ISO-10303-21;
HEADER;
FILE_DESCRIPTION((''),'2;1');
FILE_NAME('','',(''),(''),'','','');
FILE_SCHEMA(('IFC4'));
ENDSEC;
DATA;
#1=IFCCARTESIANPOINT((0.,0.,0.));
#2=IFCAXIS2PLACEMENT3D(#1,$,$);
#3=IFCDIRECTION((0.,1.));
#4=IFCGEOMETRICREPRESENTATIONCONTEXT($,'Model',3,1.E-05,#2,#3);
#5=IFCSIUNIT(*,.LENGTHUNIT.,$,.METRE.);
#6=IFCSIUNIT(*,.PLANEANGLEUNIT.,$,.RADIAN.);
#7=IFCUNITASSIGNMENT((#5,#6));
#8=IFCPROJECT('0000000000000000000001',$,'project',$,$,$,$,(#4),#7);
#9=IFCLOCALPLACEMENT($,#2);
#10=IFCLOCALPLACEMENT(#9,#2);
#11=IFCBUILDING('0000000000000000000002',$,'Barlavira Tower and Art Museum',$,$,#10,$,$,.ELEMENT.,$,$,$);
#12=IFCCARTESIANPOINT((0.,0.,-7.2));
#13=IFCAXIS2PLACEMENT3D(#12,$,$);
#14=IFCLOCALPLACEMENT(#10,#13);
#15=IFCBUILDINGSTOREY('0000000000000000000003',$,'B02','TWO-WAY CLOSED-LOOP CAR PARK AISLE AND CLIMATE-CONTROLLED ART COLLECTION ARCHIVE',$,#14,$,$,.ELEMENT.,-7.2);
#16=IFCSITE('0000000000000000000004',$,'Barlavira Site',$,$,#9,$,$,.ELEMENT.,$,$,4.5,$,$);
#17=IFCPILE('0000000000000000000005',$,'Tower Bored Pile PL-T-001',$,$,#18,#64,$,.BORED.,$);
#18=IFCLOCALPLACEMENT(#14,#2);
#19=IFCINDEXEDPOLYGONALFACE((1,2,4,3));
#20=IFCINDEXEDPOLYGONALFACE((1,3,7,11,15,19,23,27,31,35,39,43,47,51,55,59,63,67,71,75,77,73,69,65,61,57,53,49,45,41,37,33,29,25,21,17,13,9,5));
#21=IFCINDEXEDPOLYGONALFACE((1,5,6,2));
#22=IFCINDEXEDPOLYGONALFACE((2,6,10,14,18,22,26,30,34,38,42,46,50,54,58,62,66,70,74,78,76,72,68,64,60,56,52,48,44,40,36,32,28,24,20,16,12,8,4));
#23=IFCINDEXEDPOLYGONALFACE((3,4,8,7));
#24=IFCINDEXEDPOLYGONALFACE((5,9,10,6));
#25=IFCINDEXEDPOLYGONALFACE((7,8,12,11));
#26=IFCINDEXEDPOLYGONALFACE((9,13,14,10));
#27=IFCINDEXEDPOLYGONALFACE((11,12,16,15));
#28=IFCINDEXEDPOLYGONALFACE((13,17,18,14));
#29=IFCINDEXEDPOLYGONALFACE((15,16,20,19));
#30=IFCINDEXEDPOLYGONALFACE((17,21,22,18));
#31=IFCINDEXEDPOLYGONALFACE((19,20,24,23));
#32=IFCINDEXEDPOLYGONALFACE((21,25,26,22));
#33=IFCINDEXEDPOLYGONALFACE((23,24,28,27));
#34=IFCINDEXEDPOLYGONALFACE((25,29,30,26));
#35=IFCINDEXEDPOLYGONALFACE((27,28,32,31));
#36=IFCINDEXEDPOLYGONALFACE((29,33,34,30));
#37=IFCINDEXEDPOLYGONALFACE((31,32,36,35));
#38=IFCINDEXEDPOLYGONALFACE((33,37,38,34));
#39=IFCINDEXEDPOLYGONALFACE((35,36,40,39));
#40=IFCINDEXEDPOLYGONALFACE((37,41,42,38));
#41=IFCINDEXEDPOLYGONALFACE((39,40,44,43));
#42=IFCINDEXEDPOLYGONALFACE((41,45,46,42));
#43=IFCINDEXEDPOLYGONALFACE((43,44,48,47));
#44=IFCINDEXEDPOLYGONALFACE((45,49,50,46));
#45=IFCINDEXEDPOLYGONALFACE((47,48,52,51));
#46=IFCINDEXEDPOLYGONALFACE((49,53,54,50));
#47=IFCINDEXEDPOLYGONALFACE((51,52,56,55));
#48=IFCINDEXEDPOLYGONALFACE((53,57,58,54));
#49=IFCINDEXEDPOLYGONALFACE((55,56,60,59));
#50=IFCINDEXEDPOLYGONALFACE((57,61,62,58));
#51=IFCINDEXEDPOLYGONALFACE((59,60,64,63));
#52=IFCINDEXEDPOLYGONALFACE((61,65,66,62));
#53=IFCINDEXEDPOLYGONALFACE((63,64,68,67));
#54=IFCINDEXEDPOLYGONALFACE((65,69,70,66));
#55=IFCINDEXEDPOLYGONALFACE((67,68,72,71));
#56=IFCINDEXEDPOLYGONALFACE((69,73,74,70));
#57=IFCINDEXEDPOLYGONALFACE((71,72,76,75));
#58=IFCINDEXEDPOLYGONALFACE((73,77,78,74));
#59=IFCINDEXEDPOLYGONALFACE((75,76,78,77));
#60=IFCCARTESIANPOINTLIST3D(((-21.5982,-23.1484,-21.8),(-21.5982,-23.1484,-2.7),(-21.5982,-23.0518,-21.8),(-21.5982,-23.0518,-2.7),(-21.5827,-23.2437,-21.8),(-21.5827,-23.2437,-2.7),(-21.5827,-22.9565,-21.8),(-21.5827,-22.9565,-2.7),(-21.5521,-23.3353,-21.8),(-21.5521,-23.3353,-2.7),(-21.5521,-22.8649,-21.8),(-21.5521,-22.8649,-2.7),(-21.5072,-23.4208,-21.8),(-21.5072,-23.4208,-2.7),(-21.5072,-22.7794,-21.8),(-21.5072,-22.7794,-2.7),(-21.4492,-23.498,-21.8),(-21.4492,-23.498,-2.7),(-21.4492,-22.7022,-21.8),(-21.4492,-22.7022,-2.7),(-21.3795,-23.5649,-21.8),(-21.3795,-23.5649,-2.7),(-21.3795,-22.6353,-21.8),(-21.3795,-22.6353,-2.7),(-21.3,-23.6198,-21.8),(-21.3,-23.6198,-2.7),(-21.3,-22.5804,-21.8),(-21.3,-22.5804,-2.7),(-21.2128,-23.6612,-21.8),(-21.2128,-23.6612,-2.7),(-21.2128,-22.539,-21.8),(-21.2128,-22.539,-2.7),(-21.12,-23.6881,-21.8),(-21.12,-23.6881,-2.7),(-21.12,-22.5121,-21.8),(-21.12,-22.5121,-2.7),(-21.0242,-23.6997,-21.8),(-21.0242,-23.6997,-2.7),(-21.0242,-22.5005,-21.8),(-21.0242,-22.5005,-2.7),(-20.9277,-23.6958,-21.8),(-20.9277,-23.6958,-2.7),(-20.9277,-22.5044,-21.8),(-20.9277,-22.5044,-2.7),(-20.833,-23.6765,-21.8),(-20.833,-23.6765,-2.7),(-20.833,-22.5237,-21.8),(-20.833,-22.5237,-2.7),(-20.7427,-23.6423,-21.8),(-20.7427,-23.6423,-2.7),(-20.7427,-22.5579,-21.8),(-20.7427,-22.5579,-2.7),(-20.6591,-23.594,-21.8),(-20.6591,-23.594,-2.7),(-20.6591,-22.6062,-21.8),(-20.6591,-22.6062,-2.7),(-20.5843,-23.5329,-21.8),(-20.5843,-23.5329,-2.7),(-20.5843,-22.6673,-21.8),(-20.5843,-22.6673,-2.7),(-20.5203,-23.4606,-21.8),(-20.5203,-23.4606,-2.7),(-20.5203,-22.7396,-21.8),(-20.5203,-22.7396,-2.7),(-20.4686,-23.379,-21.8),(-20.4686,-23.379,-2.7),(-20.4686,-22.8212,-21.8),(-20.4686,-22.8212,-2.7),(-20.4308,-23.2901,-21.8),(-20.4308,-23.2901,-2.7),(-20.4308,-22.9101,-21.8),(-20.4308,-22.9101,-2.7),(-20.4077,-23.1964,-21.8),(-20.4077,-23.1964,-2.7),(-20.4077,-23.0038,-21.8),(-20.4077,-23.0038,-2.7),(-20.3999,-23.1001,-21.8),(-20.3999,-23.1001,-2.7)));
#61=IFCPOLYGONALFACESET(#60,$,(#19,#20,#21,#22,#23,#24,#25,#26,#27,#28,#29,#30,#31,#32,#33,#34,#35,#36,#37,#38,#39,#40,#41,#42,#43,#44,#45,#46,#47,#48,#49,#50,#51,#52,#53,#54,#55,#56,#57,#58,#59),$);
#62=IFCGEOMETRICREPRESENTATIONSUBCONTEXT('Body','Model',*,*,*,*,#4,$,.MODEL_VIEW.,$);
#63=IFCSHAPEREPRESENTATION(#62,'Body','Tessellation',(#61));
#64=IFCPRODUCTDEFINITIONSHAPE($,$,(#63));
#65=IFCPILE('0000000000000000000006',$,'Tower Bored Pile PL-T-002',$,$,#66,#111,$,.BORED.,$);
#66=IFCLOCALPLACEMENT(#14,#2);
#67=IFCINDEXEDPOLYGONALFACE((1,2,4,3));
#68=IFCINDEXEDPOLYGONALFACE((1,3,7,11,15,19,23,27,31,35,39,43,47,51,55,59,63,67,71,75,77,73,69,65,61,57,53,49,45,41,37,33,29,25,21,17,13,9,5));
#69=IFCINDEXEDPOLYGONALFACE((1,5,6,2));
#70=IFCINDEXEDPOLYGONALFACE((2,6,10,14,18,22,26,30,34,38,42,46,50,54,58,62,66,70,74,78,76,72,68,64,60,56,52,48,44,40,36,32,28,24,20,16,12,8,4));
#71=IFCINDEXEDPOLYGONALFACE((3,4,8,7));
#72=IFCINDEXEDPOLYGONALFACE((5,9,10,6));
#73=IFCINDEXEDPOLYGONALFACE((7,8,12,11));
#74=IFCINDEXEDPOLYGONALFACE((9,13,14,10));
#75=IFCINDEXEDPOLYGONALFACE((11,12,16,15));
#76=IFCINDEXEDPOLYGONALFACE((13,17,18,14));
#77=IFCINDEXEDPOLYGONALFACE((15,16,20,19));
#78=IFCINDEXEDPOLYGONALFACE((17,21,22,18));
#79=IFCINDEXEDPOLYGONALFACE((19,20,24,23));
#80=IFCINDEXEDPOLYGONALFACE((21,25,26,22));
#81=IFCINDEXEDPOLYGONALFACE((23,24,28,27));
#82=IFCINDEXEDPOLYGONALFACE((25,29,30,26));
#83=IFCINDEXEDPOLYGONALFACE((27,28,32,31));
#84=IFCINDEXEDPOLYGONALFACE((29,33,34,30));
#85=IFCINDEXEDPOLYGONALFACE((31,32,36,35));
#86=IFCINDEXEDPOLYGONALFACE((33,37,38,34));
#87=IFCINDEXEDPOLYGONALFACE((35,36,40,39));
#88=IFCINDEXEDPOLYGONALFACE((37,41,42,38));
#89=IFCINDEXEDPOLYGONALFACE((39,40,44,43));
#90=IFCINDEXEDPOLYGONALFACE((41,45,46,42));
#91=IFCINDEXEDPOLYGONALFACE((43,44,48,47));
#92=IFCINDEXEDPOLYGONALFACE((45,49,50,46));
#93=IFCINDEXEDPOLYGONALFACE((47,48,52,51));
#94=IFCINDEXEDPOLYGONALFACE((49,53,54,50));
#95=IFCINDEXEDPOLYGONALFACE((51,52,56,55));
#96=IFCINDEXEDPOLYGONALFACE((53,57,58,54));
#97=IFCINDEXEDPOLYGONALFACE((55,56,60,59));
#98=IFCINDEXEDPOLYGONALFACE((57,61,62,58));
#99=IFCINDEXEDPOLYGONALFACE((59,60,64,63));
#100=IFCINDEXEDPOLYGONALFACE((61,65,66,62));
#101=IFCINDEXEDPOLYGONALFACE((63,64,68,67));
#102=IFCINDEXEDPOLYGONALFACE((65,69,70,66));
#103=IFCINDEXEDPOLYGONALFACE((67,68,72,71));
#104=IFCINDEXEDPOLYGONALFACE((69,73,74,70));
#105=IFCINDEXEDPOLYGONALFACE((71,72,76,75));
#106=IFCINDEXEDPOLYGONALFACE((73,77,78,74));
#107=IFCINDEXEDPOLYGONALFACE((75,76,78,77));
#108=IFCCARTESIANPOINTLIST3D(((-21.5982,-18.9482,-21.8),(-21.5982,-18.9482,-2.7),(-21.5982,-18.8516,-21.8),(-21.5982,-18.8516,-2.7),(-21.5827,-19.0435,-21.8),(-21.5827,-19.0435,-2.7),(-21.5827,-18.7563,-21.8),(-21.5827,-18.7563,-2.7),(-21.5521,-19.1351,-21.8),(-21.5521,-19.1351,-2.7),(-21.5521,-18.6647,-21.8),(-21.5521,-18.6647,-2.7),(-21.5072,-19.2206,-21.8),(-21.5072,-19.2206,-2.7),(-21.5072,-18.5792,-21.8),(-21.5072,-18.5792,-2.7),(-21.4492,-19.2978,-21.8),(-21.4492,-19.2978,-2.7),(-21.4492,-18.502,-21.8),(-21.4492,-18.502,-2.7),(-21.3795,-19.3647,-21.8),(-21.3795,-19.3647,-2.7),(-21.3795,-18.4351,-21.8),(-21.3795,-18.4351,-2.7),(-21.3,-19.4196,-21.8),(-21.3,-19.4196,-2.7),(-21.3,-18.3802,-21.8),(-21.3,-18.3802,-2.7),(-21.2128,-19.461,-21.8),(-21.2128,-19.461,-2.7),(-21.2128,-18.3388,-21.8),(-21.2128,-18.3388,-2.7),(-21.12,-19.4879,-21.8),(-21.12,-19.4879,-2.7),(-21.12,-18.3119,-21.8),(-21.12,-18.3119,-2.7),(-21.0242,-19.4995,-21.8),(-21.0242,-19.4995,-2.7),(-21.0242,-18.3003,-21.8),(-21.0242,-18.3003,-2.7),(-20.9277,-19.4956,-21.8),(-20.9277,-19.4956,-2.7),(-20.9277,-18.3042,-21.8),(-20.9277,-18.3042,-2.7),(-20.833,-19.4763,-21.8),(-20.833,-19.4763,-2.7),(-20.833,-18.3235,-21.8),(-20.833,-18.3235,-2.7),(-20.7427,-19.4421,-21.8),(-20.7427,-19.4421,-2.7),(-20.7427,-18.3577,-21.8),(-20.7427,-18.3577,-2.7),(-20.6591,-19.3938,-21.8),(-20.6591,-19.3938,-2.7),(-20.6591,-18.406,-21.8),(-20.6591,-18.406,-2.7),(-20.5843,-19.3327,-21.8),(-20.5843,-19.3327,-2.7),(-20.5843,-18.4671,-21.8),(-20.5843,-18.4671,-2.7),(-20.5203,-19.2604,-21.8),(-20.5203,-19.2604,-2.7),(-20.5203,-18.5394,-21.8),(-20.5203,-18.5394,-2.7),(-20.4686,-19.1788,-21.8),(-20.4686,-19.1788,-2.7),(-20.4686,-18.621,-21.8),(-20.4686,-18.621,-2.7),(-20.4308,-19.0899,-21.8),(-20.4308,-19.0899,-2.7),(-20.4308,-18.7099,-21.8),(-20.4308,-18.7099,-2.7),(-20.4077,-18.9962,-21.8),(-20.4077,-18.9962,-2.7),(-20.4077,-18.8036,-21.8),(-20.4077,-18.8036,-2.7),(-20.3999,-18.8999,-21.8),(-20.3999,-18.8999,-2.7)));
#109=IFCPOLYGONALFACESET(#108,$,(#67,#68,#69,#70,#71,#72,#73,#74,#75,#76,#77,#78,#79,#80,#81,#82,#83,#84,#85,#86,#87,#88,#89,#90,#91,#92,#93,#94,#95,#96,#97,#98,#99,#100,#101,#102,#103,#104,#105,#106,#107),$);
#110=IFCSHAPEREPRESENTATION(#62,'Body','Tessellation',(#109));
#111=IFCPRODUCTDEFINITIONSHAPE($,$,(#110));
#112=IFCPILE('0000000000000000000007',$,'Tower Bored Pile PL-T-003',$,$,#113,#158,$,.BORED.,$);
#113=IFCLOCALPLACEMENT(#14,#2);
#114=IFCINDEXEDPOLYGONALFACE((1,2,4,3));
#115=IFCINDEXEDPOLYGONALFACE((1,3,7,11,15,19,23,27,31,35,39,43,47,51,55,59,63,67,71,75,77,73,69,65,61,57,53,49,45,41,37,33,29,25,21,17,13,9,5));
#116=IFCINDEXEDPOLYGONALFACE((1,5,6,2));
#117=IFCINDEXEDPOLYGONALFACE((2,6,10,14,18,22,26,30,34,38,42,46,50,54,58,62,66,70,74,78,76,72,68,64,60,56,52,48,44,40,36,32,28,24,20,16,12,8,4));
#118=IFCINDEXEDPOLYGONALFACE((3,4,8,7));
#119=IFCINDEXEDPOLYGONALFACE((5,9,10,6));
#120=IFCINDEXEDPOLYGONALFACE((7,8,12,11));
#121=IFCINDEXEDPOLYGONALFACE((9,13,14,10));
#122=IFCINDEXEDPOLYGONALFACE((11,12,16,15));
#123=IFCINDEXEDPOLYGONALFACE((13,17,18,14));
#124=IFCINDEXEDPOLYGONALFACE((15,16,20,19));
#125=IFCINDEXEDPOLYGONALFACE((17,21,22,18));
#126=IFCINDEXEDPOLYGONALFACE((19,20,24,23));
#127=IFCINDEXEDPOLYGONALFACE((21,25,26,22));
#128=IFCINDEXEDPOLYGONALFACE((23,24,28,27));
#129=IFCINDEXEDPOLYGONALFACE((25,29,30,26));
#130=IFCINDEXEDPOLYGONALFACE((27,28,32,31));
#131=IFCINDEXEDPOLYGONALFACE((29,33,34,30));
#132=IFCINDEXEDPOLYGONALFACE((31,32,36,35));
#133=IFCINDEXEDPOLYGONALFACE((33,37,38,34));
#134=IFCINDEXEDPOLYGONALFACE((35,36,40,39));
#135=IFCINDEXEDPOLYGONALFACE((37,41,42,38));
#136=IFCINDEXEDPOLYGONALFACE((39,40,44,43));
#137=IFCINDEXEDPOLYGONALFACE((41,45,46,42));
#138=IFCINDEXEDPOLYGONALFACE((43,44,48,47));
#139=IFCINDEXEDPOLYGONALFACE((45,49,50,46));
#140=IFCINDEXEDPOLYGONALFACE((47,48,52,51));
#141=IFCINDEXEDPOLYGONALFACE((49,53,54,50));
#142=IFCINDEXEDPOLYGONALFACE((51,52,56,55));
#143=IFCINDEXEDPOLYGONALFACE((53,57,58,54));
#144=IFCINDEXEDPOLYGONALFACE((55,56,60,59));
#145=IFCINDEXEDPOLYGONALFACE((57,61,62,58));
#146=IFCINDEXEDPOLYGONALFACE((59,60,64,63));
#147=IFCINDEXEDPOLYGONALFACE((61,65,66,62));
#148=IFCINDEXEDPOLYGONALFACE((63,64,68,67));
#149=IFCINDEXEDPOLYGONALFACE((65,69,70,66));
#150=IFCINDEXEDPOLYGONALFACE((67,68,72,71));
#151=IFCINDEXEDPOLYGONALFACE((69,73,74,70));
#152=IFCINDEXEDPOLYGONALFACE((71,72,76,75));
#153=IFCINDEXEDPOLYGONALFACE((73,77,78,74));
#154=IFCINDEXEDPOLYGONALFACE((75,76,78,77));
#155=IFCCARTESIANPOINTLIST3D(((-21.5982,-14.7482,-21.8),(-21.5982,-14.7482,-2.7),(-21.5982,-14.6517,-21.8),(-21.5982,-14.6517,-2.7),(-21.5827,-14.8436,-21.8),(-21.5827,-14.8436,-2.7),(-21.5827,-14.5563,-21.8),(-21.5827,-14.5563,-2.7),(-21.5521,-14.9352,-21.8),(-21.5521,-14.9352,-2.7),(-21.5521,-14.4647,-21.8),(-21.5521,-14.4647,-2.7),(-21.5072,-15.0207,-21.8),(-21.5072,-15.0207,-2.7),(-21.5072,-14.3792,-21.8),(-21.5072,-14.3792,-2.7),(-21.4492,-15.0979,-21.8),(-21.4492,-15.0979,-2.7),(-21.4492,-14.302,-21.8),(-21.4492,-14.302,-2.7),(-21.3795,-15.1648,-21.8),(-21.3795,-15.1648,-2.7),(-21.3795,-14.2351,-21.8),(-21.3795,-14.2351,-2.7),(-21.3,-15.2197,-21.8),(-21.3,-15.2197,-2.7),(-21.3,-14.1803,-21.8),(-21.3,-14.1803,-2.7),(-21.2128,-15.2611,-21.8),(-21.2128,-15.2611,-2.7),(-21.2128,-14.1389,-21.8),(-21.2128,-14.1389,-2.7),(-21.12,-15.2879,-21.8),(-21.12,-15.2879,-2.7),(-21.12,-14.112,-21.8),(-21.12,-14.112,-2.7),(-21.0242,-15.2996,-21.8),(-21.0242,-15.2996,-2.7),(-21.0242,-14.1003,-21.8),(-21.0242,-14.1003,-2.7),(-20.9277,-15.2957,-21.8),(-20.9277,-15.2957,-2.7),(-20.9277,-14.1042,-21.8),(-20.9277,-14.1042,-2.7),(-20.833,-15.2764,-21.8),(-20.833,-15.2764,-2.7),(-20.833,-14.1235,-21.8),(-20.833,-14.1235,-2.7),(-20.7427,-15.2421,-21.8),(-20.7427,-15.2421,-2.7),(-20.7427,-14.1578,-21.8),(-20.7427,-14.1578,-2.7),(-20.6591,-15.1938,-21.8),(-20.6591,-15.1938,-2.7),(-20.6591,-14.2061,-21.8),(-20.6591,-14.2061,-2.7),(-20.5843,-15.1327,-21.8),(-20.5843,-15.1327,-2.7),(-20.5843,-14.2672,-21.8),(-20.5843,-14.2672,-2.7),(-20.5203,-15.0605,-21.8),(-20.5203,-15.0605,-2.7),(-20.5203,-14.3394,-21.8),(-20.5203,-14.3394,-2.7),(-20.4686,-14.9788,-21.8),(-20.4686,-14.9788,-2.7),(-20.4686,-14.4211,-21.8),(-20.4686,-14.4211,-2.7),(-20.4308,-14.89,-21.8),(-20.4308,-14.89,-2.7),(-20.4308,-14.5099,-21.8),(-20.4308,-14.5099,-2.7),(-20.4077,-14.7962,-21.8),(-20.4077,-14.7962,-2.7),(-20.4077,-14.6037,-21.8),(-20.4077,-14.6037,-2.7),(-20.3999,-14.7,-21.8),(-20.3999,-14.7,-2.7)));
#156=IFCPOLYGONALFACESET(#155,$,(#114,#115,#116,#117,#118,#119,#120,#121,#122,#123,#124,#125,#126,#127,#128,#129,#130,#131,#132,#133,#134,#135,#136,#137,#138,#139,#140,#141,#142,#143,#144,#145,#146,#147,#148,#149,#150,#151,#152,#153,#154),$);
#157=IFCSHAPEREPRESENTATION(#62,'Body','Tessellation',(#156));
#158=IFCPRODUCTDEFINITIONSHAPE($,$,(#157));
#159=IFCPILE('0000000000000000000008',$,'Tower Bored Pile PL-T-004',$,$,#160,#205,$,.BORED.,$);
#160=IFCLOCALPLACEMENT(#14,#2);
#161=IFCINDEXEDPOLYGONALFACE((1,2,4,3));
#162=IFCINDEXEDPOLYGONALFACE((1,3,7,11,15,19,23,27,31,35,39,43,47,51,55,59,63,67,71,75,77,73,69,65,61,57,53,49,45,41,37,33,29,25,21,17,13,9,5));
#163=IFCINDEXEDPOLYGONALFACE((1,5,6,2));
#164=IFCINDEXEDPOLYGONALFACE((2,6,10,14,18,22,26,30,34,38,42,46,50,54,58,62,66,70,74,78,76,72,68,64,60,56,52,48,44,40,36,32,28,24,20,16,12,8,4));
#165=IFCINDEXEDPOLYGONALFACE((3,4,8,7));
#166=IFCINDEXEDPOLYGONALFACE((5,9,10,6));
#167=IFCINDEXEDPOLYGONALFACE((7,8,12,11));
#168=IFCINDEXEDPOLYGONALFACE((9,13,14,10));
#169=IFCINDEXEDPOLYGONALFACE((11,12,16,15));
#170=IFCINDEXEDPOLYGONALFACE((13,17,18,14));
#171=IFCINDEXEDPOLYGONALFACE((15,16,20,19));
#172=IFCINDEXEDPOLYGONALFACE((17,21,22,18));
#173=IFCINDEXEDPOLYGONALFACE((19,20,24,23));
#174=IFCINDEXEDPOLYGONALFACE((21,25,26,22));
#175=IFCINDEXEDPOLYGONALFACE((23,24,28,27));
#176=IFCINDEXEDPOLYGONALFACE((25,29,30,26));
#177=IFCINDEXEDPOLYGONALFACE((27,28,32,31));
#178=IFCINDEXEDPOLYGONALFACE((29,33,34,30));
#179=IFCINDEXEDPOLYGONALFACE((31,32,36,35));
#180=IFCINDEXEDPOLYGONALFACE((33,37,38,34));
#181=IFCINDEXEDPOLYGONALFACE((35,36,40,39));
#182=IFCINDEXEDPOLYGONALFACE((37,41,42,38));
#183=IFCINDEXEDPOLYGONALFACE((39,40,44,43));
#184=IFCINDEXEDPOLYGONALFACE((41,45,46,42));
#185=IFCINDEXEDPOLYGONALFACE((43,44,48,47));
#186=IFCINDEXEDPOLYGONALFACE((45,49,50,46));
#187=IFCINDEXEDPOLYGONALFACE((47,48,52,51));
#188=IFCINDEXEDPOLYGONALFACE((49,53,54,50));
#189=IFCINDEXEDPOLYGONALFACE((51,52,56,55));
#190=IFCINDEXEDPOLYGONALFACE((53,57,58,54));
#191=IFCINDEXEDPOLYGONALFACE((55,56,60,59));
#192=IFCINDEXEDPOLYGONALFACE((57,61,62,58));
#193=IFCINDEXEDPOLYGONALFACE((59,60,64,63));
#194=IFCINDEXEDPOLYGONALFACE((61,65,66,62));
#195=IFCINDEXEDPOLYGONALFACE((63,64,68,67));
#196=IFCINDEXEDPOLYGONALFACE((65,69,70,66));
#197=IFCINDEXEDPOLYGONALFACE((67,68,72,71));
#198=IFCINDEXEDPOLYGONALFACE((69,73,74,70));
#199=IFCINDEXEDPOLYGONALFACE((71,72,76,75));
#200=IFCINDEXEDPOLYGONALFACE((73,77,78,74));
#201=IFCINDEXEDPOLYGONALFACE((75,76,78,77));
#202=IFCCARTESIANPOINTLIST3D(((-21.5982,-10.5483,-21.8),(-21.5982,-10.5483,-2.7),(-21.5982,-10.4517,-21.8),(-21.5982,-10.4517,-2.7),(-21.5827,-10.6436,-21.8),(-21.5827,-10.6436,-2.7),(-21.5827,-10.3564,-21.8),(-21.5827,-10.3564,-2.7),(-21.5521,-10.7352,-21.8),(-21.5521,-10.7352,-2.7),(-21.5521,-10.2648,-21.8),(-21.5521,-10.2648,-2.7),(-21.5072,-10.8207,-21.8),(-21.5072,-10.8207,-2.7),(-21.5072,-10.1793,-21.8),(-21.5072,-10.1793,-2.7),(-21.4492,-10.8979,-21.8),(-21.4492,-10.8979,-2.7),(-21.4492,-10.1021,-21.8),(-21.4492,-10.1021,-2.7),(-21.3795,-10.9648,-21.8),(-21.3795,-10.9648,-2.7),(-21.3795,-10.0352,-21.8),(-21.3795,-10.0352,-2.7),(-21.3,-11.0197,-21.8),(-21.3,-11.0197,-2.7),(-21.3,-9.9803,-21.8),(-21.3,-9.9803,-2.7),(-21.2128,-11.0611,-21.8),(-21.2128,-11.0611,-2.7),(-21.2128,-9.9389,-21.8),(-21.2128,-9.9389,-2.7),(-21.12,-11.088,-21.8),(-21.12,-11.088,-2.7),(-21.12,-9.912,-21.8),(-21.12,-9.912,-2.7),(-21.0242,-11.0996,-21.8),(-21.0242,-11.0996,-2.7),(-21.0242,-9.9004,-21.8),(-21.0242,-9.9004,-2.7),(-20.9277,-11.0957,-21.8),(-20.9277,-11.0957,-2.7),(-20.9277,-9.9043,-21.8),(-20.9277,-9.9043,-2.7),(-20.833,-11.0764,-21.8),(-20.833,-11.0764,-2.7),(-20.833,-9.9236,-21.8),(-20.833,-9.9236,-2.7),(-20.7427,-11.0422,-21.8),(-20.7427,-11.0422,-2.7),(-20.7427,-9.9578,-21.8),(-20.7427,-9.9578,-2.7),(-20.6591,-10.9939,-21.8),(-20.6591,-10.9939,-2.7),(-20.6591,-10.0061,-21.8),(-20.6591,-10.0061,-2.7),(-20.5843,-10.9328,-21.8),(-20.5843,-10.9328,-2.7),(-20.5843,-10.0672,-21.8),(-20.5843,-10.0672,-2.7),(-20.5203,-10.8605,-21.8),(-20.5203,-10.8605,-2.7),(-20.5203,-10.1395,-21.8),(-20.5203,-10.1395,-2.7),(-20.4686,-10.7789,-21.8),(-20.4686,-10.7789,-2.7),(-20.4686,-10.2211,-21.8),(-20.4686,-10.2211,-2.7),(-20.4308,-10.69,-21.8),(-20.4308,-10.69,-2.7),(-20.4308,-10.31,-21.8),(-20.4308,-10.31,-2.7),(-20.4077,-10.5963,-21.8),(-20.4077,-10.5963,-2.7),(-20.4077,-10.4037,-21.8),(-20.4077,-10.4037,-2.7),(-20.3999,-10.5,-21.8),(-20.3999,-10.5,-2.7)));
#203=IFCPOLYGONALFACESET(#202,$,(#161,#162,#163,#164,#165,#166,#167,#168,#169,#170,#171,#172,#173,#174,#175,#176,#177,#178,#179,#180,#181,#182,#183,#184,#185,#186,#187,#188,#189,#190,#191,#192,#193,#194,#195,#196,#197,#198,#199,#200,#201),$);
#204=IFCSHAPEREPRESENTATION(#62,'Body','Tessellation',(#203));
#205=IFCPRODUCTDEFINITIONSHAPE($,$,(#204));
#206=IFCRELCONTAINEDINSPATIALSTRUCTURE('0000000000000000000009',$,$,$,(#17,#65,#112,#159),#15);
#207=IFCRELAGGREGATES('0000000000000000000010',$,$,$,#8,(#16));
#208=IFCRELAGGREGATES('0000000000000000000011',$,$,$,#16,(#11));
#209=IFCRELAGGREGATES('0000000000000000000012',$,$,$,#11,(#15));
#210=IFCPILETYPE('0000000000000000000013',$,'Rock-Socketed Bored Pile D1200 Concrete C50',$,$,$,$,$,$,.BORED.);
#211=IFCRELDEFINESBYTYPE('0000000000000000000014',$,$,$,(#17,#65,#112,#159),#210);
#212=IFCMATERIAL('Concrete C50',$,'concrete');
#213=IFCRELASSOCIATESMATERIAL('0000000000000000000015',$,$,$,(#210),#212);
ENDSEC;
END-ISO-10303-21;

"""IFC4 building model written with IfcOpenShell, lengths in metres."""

from ifc_helpers import new_model, si_unit, direction, frame, origin, origin_2d, place, context, subcontext, project, spatial, circle, extrude, material, material_profile, profile_set, type_object, element, save


model = new_model("IFC4")

# Units and contexts
model_context = context("Model", 3, precision=1e-05, world=origin(), true_north=direction((0.0, 1.0)))
body_context = subcontext(model_context, "Body", "Model", "MODEL_VIEW")
ifc_project = project(units=[si_unit("LENGTHUNIT", "METRE"), si_unit("PLANEANGLEUNIT", "RADIAN")], contexts=[model_context])

# Site, building, storey
site_placement = place(None, origin())
site = spatial("IfcSite", under=ifc_project, at=site_placement, Name="Barlavira Site", CompositionType="ELEMENT", RefElevation=4.5)
building_placement = place(site_placement, origin())
building = spatial("IfcBuilding", under=site, at=building_placement, Name="Barlavira Tower and Art Museum", CompositionType="ELEMENT")
storey_placement = place(building_placement, frame((0.0, 0.0, -7.2)))
storey = spatial("IfcBuildingStorey", under=building, at=storey_placement, Name="B02", Description="TWO-WAY CLOSED-LOOP CAR PARK AISLE AND CLIMATE-CONTROLLED ART COLLECTION ARCHIVE", CompositionType="ELEMENT", Elevation=-7.2)

# Piles
ifc_material_1 = material(Name="Concrete C50", Category="concrete")
ifc_material_profile_1 = material_profile(ifc_material_1, circle(Radius=0.6001, at=origin_2d()), Name="BORED PILE D1200")
ifc_profile_set_1 = profile_set([ifc_material_profile_1], Name="Concrete C50")
pile_type = type_object("IfcPileType", Name="Rock-Socketed Bored Pile D1200 Concrete C50", PredefinedType="BORED", material=ifc_profile_set_1)
for number, where, z_axis, x_axis, name in (
    (1, (-21.0, -23.1001, -2.7), (0.0, 0.0, -1.0), (1.0, 0.0, 0.0), "Tower Bored Pile PL-T-001"),
    (2, (-21.0, -18.8999, -2.7), (0.0, 0.0, -1.0), (1.0, 0.0, 0.0), "Tower Bored Pile PL-T-002"),
    (3, (-21.0, -14.7, -2.7), (0.0, 0.0, -1.0), (1.0, 0.0, 0.0), "Tower Bored Pile PL-T-003"),
    (4, (-21.0, -10.5, -2.7), (0.0, 0.0, -1.0), (1.0, 0.0, 0.0), "Tower Bored Pile PL-T-004"),
):
    element("IfcPile", number, at=place(storey_placement, frame(where, z_axis=z_axis, x_axis=x_axis)), inside=storey, type_object=pile_type, Name=name, PredefinedType="BORED", context=body_context, shape_type="SweptSolid", body=[
        extrude(circle(Radius=0.6001, at=origin_2d()), origin(), (0.0, 0.0, 1.0), 19.1001),
    ])

save(model, "model.ifc")
